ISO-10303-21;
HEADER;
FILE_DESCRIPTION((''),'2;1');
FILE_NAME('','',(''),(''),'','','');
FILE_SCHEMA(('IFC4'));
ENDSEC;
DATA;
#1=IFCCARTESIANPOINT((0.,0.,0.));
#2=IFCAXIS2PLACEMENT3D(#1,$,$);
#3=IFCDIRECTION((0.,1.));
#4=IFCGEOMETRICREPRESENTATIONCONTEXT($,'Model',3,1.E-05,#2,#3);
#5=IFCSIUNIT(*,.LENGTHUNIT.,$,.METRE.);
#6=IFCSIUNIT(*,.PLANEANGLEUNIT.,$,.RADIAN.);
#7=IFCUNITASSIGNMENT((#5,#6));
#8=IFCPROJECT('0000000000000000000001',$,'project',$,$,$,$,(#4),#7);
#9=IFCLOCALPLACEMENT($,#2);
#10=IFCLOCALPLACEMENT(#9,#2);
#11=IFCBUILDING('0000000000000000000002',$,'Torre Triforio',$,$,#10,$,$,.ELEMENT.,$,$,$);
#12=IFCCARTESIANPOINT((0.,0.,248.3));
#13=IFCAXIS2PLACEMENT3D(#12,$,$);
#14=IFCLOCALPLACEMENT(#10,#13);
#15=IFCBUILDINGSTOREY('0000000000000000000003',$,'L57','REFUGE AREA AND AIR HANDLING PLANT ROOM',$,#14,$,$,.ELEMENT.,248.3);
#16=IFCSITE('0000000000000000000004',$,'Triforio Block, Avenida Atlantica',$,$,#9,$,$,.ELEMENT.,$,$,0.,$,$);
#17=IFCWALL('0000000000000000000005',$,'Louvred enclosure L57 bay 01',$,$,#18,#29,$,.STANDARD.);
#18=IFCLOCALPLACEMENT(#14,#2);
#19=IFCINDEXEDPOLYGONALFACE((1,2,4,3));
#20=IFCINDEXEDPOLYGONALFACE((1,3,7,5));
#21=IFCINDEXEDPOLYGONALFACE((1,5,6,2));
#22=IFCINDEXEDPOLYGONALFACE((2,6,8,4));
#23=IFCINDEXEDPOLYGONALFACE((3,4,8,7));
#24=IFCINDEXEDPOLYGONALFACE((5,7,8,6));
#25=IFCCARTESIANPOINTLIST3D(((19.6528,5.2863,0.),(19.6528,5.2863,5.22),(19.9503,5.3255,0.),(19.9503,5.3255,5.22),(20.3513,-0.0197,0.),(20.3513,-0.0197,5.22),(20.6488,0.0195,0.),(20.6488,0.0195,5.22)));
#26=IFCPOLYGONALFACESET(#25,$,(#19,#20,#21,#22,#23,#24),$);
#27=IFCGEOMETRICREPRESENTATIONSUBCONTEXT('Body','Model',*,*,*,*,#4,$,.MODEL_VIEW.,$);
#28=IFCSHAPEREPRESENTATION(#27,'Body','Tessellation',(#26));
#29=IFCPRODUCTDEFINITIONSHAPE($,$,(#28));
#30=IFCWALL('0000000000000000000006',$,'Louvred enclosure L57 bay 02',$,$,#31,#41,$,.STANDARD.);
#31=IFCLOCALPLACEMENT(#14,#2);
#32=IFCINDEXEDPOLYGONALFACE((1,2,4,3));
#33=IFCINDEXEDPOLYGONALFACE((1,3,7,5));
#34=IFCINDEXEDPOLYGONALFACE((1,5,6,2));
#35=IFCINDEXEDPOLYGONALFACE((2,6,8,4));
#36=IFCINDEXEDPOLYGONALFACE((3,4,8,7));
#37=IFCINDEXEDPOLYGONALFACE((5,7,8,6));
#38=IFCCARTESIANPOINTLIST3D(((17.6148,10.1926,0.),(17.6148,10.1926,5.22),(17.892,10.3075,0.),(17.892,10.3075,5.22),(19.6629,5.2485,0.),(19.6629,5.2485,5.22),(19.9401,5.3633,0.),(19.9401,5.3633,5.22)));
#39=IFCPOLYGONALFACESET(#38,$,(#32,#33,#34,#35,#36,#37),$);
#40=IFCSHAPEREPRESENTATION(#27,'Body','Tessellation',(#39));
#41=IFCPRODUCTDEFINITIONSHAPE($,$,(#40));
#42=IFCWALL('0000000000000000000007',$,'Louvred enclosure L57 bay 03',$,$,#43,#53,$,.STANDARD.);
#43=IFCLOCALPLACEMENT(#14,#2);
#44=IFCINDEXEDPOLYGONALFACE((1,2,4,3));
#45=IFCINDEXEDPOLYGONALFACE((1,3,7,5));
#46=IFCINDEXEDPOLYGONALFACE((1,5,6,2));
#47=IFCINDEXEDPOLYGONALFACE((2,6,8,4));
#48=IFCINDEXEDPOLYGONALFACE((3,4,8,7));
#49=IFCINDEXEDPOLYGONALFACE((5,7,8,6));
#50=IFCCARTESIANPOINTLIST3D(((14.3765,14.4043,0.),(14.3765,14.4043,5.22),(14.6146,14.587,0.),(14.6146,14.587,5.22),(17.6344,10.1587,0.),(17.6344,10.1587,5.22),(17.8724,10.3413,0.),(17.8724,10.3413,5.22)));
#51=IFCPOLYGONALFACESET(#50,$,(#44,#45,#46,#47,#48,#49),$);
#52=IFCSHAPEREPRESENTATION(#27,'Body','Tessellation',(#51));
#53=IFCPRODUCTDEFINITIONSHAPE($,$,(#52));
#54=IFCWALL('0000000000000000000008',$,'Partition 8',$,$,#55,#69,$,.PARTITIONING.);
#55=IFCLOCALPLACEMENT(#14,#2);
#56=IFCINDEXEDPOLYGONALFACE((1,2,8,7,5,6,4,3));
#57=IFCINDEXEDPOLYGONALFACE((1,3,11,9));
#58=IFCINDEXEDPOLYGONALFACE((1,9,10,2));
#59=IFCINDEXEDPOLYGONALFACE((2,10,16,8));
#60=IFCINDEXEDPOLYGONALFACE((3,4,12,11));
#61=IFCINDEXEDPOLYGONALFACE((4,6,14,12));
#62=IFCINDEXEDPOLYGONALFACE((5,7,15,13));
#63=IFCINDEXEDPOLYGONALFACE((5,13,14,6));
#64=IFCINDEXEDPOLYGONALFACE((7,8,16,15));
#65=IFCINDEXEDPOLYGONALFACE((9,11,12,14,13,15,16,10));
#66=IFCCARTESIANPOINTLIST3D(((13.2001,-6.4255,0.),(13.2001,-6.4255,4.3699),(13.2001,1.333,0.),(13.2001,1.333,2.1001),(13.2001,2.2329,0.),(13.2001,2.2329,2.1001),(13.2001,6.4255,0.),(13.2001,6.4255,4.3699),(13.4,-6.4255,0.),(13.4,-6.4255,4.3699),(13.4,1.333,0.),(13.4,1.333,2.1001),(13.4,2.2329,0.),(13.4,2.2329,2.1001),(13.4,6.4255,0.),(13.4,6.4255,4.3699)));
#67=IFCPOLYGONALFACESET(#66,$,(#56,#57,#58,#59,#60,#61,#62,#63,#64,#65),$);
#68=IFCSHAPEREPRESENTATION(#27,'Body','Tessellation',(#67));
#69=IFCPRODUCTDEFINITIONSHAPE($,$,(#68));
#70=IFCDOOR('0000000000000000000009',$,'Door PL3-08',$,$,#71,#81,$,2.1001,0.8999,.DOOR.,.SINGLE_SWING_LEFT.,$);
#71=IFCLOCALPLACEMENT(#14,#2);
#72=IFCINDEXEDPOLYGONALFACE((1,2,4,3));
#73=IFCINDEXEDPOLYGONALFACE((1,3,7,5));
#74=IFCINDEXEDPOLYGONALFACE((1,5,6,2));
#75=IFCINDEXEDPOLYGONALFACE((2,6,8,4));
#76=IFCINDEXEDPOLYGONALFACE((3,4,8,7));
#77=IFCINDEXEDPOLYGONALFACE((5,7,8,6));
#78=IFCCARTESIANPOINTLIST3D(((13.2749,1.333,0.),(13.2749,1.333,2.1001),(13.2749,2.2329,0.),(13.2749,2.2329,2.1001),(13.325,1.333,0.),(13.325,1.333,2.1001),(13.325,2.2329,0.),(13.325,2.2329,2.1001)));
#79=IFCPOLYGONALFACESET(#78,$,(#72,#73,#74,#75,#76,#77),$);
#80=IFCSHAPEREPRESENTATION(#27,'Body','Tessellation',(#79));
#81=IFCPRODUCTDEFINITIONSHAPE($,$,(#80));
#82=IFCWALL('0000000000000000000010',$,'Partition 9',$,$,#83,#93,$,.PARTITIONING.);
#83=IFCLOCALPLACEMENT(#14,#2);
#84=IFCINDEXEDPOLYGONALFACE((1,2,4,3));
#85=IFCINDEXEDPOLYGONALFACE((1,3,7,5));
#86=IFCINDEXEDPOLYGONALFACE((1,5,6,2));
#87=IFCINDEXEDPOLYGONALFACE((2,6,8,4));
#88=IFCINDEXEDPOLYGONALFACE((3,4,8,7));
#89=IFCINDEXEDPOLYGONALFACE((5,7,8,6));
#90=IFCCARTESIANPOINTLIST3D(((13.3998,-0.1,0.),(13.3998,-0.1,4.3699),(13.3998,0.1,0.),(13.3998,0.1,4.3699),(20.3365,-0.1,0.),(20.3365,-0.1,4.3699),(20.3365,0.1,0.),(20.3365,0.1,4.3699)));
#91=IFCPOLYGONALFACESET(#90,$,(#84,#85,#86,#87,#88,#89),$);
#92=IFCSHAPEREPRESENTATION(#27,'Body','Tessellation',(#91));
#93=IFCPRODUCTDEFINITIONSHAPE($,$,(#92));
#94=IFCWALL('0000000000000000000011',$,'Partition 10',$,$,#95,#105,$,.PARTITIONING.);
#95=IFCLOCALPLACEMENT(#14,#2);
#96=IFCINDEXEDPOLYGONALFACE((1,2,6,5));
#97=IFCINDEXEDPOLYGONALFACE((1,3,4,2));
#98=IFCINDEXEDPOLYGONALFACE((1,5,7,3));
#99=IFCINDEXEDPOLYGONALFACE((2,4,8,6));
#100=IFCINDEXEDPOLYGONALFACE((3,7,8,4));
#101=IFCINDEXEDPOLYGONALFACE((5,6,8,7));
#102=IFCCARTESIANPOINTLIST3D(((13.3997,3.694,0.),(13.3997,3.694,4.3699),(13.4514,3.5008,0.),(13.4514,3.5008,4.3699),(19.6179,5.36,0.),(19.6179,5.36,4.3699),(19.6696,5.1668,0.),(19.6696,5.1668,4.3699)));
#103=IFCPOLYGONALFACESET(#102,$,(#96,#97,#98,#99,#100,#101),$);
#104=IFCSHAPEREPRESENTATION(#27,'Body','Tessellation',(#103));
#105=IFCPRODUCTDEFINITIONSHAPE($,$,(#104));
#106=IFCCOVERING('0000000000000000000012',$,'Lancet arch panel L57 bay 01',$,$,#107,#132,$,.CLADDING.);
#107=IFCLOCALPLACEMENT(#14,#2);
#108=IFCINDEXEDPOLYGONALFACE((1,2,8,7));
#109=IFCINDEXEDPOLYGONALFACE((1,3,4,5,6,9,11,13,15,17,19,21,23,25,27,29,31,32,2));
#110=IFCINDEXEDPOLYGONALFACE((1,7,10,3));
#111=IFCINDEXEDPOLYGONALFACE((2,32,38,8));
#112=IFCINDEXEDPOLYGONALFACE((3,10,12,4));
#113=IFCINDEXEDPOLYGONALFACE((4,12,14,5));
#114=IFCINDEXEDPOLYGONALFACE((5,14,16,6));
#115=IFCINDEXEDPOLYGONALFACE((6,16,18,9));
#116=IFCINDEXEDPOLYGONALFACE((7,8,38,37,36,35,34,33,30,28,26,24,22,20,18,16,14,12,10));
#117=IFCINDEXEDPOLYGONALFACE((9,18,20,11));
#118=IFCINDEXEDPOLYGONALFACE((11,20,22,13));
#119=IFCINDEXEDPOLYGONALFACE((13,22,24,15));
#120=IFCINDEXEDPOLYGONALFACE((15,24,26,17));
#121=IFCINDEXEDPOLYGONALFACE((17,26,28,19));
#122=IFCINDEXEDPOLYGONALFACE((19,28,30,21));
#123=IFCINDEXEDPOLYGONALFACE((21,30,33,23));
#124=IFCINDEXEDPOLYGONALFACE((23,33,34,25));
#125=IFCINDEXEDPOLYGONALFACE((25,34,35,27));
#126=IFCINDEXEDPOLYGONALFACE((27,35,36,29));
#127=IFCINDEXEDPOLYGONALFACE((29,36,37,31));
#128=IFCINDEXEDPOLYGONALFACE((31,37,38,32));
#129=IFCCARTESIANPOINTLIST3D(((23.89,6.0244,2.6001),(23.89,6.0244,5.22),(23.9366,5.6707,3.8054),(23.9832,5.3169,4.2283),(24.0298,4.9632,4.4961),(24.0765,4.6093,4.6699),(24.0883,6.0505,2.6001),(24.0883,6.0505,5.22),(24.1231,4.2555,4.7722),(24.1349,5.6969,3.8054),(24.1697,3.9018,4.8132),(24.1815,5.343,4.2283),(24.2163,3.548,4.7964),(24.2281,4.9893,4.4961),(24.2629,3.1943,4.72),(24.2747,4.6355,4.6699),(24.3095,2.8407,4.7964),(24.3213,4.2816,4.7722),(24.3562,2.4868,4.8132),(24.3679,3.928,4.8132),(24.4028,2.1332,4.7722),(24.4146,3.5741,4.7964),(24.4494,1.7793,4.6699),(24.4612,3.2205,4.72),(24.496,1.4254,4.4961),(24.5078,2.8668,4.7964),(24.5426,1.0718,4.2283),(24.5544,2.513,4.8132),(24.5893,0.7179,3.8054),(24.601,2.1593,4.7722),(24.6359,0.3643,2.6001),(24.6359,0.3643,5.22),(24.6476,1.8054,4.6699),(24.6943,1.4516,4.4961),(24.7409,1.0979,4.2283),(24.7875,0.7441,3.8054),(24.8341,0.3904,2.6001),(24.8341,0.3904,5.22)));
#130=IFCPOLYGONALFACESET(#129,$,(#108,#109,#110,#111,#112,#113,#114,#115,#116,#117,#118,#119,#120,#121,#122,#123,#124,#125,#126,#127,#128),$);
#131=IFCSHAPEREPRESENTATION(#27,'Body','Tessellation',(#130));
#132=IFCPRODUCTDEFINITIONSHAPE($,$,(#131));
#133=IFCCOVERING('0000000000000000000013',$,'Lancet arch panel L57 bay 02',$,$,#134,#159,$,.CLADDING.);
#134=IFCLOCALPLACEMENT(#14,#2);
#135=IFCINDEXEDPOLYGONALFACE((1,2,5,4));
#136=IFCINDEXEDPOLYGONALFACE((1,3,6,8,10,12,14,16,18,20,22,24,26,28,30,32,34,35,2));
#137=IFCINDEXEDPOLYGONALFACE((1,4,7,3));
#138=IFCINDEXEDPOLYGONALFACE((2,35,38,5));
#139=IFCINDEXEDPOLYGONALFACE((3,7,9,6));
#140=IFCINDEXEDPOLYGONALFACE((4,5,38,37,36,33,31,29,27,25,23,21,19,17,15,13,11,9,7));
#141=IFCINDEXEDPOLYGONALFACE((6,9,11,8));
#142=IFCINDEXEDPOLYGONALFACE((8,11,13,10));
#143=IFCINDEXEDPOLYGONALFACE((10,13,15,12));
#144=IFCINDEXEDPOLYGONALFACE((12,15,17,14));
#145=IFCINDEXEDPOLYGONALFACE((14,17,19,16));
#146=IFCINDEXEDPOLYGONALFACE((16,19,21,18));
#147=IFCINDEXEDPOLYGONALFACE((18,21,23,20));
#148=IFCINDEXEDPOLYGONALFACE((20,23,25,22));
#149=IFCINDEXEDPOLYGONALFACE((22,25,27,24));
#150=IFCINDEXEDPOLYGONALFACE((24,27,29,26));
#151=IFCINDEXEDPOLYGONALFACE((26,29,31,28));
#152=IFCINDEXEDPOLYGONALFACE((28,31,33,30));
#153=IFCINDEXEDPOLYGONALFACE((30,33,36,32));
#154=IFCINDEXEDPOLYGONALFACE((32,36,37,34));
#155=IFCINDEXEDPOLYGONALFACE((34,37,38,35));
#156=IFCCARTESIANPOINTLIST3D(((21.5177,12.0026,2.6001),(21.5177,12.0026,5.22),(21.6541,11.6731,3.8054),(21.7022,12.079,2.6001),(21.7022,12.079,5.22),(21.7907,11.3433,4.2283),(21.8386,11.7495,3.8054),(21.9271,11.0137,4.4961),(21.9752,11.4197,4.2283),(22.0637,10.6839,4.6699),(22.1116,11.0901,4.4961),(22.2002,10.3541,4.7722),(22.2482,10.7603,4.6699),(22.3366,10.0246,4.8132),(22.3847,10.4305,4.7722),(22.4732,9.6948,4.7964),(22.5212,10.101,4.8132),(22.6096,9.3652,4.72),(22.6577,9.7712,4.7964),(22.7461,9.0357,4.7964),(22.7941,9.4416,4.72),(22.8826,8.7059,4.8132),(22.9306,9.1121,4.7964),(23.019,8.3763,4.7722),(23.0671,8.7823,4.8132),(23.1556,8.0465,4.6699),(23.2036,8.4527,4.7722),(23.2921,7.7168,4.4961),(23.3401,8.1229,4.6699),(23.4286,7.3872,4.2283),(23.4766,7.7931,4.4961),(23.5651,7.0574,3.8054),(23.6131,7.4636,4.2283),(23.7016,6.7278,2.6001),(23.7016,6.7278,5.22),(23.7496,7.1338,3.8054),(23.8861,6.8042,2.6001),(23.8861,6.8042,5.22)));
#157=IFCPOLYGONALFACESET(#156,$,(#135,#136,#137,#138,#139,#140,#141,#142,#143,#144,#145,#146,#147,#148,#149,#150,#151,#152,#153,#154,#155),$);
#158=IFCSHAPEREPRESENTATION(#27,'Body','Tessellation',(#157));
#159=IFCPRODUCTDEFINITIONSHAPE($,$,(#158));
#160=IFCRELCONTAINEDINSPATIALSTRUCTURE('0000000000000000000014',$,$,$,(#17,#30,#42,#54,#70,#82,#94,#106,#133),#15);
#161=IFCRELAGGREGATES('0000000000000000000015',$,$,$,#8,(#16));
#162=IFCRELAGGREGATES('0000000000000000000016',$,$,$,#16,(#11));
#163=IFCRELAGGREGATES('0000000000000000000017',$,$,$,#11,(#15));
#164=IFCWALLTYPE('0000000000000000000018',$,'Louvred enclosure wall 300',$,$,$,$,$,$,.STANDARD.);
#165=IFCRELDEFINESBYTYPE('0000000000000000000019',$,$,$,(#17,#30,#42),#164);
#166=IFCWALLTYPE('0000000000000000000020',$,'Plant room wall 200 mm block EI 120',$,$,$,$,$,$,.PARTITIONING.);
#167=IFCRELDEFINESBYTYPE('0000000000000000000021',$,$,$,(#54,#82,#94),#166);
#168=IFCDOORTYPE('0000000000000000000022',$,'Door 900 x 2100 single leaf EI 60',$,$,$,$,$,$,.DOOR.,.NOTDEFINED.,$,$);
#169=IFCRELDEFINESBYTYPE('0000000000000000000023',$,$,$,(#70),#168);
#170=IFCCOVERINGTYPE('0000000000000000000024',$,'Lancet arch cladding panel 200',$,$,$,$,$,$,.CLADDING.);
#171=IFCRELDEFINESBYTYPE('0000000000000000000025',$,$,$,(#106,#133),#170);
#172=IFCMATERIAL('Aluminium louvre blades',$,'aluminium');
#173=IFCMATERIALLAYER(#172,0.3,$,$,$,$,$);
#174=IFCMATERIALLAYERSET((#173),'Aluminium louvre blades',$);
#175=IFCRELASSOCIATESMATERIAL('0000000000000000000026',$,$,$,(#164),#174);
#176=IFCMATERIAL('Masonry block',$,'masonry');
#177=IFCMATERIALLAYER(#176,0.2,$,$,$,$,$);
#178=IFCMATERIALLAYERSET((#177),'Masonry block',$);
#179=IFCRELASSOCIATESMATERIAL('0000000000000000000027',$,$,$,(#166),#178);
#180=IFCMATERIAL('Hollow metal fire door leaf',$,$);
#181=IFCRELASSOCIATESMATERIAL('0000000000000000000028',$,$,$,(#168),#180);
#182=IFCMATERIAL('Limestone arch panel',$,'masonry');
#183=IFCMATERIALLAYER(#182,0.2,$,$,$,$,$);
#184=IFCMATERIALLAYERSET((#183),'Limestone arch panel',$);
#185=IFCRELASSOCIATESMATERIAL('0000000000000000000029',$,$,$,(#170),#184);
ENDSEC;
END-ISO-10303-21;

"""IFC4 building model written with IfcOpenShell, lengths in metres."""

from ifc_helpers import new_model, si_unit, direction, frame, frame_2d, origin, place, context, subcontext, project, spatial, polyline, rectangle, outline, extrude, material, layer, layer_set, type_object, element, fill, save


model = new_model("IFC4")

# Units and contexts
model_context = context("Model", 3, precision=1e-05, world=origin(), true_north=direction((0.0, 1.0)))
body_context = subcontext(model_context, "Body", "Model", "MODEL_VIEW")
ifc_project = project(units=[si_unit("LENGTHUNIT", "METRE"), si_unit("PLANEANGLEUNIT", "RADIAN")], contexts=[model_context])

# Site, building, storey
site_placement = place(None, origin())
site = spatial("IfcSite", under=ifc_project, at=site_placement, Name="Triforio Block, Avenida Atlantica", CompositionType="ELEMENT", RefElevation=0.0)
building_placement = place(site_placement, origin())
building = spatial("IfcBuilding", under=site, at=building_placement, Name="Torre Triforio", CompositionType="ELEMENT")
storey_placement = place(building_placement, frame((0.0, 0.0, 248.3)))
storey = spatial("IfcBuildingStorey", under=building, at=storey_placement, Name="L57", Description="REFUGE AREA AND AIR HANDLING PLANT ROOM", CompositionType="ELEMENT", Elevation=248.3)

# Walls
ifc_material_1 = material(Name="Aluminium louvre blades", Category="aluminium")
ifc_layer_1 = layer(ifc_material_1, 0.3)
ifc_layer_set_1 = layer_set([ifc_layer_1], Name="Aluminium louvre blades")
wall_type_1 = type_object("IfcWallType", Name="Louvred enclosure wall 300", PredefinedType="STANDARD", material=ifc_layer_set_1)
wall_1_placement = place(storey_placement, frame((20.5, 0.0, 0.0), z_axis=(0.0, 0.0, 1.0), x_axis=(-0.130517, 0.991446, 0.0)))
element("IfcWall", 1, at=wall_1_placement, inside=storey, type_object=wall_type_1, Name="Louvred enclosure L57 bay 01", PredefinedType="STANDARD", context=body_context, shape_type="SweptSolid", body=[
    extrude(rectangle(XDim=5.3518, YDim=0.3, at=frame_2d((2.6758, 0.0))), origin(), (0.0, 0.0, 1.0), 5.22),
])
for number, where, z_axis, x_axis, name in (
    (2, (19.8015, 5.3059, 0.0), (0.0, 0.0, 1.0), (-0.382713, 0.923867, 0.0), "Louvred enclosure L57 bay 02"),
    (3, (17.7534, 10.25, 0.0), (0.0, 0.0, 1.0), (-0.608767, 0.793349, 0.0), "Louvred enclosure L57 bay 03"),
):
    element("IfcWall", number, at=place(storey_placement, frame(where, z_axis=z_axis, x_axis=x_axis)), inside=storey, type_object=wall_type_1, Name=name, PredefinedType="STANDARD", context=body_context, shape_type="SweptSolid", body=[
        extrude(rectangle(XDim=5.3516, YDim=0.3, at=frame_2d((2.6758, 0.0))), origin(), (0.0, 0.0, 1.0), 5.22),
    ])

# Wall, opening, door
ifc_material_2 = material(Name="Masonry block", Category="masonry")
ifc_layer_2 = layer(ifc_material_2, 0.2)
ifc_layer_set_2 = layer_set([ifc_layer_2], Name="Masonry block")
wall_type_2 = type_object("IfcWallType", Name="Plant room wall 200 mm block EI 120", PredefinedType="PARTITIONING", material=ifc_layer_set_2)
wall_2_placement = place(storey_placement, frame((13.3, 6.4255, 0.0), z_axis=(0.0, 0.0, 1.0), x_axis=(0.0, -1.0, 0.0)))
wall_2 = element("IfcWall", 4, at=wall_2_placement, inside=storey, type_object=wall_type_2, Name="Partition 8", PredefinedType="PARTITIONING", context=body_context, shape_type="SweptSolid", body=[
    extrude(rectangle(XDim=12.8511, YDim=0.2, at=frame_2d((6.4255, 0.0))), origin(), (0.0, 0.0, 1.0), 4.3699),
])
opening_placement = place(wall_2_placement, frame((4.1926, 0.0, 0.0)))
opening = element("IfcOpeningElement", 5, at=opening_placement, cuts=wall_2, PredefinedType="OPENING", context=body_context, shape_type="SweptSolid", body=[
    extrude(rectangle(XDim=0.8999, YDim=2.1001, at=frame_2d((0.45, 1.05))), frame((0.0, 0.1099, 0.0), z_axis=(0.0, -1.0, 0.0), x_axis=(1.0, 0.0, 0.0)), (0.0, 0.0, 1.0), 0.22),
])
ifc_material_3 = material(Name="Hollow metal fire door leaf")
door_type = type_object("IfcDoorType", Name="Door 900 x 2100 single leaf EI 60", OperationType="NOTDEFINED", PredefinedType="DOOR", material=ifc_material_3)
door_placement = place(opening_placement, origin())
door = element("IfcDoor", 6, at=door_placement, inside=storey, type_object=door_type, Name="Door PL3-08", OperationType="SINGLE_SWING_LEFT", OverallHeight=2.1001, OverallWidth=0.8999, PredefinedType="DOOR", context=body_context, shape_type="SweptSolid", body=[
    extrude(rectangle(XDim=0.8999, YDim=2.1001, at=frame_2d((0.45, 1.05))), frame((0.0, 0.0249, 0.0), z_axis=(0.0, -1.0, 0.0), x_axis=(1.0, 0.0, 0.0)), (0.0, 0.0, 1.0), 0.05),
])
fill(opening, door)

# Walls
wall_3_placement = place(storey_placement, frame((13.3999, 0.0, 0.0), z_axis=(0.0, 0.0, 1.0), x_axis=(1.0, 0.0, 0.0)))
element("IfcWall", 7, at=wall_3_placement, inside=storey, type_object=wall_type_2, Name="Partition 9", PredefinedType="PARTITIONING", context=body_context, shape_type="SweptSolid", body=[
    extrude(rectangle(XDim=6.9368, YDim=0.2, at=frame_2d((3.4683, 0.0))), origin(), (0.0, 0.0, 1.0), 4.3699),
])
wall_4_placement = place(storey_placement, frame((13.4255, 3.5974, 0.0), z_axis=(0.0, 0.0, 1.0), x_axis=(0.965932, 0.258795, 0.0)))
element("IfcWall", 8, at=wall_4_placement, inside=storey, type_object=wall_type_2, Name="Partition 10", PredefinedType="PARTITIONING", context=body_context, shape_type="SweptSolid", body=[
    extrude(rectangle(XDim=6.4375, YDim=0.2, at=frame_2d((3.2188, 0.0))), origin(), (0.0, 0.0, 1.0), 4.3699),
])

# Coverings
ifc_material_4 = material(Name="Limestone arch panel", Category="masonry")
ifc_layer_3 = layer(ifc_material_4, 0.2)
ifc_layer_set_3 = layer_set([ifc_layer_3], Name="Limestone arch panel")
covering_type_1 = type_object("IfcCoveringType", Name="Lancet arch cladding panel 200", PredefinedType="CLADDING", material=ifc_layer_set_3)
covering_1_placement = place(storey_placement, frame((24.2629, 3.1943, 0.0), z_axis=(0.991429, 0.130644, 0.0), x_axis=(-0.130644, 0.991429, 0.0)))
element("IfcCovering", 9, at=covering_1_placement, inside=storey, type_object=covering_type_1, Name="Lancet arch panel L57 bay 01", PredefinedType="CLADDING", context=body_context, shape_type="SweptSolid", body=[
    extrude(outline(polyline([(-2.8545, 5.22), (-2.8545, 2.6001), (-2.4978, 3.8054), (-2.1409, 4.2283), (-1.7842, 4.4961), (-1.4272, 4.6699), (-1.0703, 4.7722), (-0.7136, 4.8132), (-0.3567, 4.7964), (0.0, 4.72), (0.3567, 4.7964), (0.7136, 4.8132), (1.0703, 4.7722), (1.4272, 4.6699), (1.7842, 4.4961), (2.1409, 4.2283), (2.4978, 3.8054), (2.8545, 2.6001), (2.8545, 5.22), (-2.8545, 5.22)])), origin(), (0.0, 0.0, 1.0), 0.2),
])
covering_2_placement = place(storey_placement, frame((22.6096, 9.3652, 0.0), z_axis=(0.923942, 0.382532, 0.0), x_axis=(-0.382532, 0.923942, 0.0)))
element("IfcCovering", 10, at=covering_2_placement, inside=storey, type_object=covering_type_1, Name="Lancet arch panel L57 bay 02", PredefinedType="CLADDING", context=body_context, shape_type="SweptSolid", body=[
    extrude(outline(polyline([(-2.8545, 5.22), (-2.8545, 2.6001), (-2.4978, 3.8054), (-2.1409, 4.2283), (-1.7842, 4.4961), (-1.4272, 4.6699), (-1.0703, 4.7722), (-0.7136, 4.8132), (-0.3567, 4.7964), (0.0, 4.72), (0.3567, 4.7964), (0.7136, 4.8132), (1.0703, 4.7722), (1.4272, 4.6699), (1.7842, 4.4961), (2.1409, 4.2283), (2.4978, 3.8054), (2.8545, 2.6001), (2.8545, 5.22), (-2.8545, 5.22)])), origin(), (0.0, 0.0, 1.0), 0.1997),
])

save(model, "model.ifc")
